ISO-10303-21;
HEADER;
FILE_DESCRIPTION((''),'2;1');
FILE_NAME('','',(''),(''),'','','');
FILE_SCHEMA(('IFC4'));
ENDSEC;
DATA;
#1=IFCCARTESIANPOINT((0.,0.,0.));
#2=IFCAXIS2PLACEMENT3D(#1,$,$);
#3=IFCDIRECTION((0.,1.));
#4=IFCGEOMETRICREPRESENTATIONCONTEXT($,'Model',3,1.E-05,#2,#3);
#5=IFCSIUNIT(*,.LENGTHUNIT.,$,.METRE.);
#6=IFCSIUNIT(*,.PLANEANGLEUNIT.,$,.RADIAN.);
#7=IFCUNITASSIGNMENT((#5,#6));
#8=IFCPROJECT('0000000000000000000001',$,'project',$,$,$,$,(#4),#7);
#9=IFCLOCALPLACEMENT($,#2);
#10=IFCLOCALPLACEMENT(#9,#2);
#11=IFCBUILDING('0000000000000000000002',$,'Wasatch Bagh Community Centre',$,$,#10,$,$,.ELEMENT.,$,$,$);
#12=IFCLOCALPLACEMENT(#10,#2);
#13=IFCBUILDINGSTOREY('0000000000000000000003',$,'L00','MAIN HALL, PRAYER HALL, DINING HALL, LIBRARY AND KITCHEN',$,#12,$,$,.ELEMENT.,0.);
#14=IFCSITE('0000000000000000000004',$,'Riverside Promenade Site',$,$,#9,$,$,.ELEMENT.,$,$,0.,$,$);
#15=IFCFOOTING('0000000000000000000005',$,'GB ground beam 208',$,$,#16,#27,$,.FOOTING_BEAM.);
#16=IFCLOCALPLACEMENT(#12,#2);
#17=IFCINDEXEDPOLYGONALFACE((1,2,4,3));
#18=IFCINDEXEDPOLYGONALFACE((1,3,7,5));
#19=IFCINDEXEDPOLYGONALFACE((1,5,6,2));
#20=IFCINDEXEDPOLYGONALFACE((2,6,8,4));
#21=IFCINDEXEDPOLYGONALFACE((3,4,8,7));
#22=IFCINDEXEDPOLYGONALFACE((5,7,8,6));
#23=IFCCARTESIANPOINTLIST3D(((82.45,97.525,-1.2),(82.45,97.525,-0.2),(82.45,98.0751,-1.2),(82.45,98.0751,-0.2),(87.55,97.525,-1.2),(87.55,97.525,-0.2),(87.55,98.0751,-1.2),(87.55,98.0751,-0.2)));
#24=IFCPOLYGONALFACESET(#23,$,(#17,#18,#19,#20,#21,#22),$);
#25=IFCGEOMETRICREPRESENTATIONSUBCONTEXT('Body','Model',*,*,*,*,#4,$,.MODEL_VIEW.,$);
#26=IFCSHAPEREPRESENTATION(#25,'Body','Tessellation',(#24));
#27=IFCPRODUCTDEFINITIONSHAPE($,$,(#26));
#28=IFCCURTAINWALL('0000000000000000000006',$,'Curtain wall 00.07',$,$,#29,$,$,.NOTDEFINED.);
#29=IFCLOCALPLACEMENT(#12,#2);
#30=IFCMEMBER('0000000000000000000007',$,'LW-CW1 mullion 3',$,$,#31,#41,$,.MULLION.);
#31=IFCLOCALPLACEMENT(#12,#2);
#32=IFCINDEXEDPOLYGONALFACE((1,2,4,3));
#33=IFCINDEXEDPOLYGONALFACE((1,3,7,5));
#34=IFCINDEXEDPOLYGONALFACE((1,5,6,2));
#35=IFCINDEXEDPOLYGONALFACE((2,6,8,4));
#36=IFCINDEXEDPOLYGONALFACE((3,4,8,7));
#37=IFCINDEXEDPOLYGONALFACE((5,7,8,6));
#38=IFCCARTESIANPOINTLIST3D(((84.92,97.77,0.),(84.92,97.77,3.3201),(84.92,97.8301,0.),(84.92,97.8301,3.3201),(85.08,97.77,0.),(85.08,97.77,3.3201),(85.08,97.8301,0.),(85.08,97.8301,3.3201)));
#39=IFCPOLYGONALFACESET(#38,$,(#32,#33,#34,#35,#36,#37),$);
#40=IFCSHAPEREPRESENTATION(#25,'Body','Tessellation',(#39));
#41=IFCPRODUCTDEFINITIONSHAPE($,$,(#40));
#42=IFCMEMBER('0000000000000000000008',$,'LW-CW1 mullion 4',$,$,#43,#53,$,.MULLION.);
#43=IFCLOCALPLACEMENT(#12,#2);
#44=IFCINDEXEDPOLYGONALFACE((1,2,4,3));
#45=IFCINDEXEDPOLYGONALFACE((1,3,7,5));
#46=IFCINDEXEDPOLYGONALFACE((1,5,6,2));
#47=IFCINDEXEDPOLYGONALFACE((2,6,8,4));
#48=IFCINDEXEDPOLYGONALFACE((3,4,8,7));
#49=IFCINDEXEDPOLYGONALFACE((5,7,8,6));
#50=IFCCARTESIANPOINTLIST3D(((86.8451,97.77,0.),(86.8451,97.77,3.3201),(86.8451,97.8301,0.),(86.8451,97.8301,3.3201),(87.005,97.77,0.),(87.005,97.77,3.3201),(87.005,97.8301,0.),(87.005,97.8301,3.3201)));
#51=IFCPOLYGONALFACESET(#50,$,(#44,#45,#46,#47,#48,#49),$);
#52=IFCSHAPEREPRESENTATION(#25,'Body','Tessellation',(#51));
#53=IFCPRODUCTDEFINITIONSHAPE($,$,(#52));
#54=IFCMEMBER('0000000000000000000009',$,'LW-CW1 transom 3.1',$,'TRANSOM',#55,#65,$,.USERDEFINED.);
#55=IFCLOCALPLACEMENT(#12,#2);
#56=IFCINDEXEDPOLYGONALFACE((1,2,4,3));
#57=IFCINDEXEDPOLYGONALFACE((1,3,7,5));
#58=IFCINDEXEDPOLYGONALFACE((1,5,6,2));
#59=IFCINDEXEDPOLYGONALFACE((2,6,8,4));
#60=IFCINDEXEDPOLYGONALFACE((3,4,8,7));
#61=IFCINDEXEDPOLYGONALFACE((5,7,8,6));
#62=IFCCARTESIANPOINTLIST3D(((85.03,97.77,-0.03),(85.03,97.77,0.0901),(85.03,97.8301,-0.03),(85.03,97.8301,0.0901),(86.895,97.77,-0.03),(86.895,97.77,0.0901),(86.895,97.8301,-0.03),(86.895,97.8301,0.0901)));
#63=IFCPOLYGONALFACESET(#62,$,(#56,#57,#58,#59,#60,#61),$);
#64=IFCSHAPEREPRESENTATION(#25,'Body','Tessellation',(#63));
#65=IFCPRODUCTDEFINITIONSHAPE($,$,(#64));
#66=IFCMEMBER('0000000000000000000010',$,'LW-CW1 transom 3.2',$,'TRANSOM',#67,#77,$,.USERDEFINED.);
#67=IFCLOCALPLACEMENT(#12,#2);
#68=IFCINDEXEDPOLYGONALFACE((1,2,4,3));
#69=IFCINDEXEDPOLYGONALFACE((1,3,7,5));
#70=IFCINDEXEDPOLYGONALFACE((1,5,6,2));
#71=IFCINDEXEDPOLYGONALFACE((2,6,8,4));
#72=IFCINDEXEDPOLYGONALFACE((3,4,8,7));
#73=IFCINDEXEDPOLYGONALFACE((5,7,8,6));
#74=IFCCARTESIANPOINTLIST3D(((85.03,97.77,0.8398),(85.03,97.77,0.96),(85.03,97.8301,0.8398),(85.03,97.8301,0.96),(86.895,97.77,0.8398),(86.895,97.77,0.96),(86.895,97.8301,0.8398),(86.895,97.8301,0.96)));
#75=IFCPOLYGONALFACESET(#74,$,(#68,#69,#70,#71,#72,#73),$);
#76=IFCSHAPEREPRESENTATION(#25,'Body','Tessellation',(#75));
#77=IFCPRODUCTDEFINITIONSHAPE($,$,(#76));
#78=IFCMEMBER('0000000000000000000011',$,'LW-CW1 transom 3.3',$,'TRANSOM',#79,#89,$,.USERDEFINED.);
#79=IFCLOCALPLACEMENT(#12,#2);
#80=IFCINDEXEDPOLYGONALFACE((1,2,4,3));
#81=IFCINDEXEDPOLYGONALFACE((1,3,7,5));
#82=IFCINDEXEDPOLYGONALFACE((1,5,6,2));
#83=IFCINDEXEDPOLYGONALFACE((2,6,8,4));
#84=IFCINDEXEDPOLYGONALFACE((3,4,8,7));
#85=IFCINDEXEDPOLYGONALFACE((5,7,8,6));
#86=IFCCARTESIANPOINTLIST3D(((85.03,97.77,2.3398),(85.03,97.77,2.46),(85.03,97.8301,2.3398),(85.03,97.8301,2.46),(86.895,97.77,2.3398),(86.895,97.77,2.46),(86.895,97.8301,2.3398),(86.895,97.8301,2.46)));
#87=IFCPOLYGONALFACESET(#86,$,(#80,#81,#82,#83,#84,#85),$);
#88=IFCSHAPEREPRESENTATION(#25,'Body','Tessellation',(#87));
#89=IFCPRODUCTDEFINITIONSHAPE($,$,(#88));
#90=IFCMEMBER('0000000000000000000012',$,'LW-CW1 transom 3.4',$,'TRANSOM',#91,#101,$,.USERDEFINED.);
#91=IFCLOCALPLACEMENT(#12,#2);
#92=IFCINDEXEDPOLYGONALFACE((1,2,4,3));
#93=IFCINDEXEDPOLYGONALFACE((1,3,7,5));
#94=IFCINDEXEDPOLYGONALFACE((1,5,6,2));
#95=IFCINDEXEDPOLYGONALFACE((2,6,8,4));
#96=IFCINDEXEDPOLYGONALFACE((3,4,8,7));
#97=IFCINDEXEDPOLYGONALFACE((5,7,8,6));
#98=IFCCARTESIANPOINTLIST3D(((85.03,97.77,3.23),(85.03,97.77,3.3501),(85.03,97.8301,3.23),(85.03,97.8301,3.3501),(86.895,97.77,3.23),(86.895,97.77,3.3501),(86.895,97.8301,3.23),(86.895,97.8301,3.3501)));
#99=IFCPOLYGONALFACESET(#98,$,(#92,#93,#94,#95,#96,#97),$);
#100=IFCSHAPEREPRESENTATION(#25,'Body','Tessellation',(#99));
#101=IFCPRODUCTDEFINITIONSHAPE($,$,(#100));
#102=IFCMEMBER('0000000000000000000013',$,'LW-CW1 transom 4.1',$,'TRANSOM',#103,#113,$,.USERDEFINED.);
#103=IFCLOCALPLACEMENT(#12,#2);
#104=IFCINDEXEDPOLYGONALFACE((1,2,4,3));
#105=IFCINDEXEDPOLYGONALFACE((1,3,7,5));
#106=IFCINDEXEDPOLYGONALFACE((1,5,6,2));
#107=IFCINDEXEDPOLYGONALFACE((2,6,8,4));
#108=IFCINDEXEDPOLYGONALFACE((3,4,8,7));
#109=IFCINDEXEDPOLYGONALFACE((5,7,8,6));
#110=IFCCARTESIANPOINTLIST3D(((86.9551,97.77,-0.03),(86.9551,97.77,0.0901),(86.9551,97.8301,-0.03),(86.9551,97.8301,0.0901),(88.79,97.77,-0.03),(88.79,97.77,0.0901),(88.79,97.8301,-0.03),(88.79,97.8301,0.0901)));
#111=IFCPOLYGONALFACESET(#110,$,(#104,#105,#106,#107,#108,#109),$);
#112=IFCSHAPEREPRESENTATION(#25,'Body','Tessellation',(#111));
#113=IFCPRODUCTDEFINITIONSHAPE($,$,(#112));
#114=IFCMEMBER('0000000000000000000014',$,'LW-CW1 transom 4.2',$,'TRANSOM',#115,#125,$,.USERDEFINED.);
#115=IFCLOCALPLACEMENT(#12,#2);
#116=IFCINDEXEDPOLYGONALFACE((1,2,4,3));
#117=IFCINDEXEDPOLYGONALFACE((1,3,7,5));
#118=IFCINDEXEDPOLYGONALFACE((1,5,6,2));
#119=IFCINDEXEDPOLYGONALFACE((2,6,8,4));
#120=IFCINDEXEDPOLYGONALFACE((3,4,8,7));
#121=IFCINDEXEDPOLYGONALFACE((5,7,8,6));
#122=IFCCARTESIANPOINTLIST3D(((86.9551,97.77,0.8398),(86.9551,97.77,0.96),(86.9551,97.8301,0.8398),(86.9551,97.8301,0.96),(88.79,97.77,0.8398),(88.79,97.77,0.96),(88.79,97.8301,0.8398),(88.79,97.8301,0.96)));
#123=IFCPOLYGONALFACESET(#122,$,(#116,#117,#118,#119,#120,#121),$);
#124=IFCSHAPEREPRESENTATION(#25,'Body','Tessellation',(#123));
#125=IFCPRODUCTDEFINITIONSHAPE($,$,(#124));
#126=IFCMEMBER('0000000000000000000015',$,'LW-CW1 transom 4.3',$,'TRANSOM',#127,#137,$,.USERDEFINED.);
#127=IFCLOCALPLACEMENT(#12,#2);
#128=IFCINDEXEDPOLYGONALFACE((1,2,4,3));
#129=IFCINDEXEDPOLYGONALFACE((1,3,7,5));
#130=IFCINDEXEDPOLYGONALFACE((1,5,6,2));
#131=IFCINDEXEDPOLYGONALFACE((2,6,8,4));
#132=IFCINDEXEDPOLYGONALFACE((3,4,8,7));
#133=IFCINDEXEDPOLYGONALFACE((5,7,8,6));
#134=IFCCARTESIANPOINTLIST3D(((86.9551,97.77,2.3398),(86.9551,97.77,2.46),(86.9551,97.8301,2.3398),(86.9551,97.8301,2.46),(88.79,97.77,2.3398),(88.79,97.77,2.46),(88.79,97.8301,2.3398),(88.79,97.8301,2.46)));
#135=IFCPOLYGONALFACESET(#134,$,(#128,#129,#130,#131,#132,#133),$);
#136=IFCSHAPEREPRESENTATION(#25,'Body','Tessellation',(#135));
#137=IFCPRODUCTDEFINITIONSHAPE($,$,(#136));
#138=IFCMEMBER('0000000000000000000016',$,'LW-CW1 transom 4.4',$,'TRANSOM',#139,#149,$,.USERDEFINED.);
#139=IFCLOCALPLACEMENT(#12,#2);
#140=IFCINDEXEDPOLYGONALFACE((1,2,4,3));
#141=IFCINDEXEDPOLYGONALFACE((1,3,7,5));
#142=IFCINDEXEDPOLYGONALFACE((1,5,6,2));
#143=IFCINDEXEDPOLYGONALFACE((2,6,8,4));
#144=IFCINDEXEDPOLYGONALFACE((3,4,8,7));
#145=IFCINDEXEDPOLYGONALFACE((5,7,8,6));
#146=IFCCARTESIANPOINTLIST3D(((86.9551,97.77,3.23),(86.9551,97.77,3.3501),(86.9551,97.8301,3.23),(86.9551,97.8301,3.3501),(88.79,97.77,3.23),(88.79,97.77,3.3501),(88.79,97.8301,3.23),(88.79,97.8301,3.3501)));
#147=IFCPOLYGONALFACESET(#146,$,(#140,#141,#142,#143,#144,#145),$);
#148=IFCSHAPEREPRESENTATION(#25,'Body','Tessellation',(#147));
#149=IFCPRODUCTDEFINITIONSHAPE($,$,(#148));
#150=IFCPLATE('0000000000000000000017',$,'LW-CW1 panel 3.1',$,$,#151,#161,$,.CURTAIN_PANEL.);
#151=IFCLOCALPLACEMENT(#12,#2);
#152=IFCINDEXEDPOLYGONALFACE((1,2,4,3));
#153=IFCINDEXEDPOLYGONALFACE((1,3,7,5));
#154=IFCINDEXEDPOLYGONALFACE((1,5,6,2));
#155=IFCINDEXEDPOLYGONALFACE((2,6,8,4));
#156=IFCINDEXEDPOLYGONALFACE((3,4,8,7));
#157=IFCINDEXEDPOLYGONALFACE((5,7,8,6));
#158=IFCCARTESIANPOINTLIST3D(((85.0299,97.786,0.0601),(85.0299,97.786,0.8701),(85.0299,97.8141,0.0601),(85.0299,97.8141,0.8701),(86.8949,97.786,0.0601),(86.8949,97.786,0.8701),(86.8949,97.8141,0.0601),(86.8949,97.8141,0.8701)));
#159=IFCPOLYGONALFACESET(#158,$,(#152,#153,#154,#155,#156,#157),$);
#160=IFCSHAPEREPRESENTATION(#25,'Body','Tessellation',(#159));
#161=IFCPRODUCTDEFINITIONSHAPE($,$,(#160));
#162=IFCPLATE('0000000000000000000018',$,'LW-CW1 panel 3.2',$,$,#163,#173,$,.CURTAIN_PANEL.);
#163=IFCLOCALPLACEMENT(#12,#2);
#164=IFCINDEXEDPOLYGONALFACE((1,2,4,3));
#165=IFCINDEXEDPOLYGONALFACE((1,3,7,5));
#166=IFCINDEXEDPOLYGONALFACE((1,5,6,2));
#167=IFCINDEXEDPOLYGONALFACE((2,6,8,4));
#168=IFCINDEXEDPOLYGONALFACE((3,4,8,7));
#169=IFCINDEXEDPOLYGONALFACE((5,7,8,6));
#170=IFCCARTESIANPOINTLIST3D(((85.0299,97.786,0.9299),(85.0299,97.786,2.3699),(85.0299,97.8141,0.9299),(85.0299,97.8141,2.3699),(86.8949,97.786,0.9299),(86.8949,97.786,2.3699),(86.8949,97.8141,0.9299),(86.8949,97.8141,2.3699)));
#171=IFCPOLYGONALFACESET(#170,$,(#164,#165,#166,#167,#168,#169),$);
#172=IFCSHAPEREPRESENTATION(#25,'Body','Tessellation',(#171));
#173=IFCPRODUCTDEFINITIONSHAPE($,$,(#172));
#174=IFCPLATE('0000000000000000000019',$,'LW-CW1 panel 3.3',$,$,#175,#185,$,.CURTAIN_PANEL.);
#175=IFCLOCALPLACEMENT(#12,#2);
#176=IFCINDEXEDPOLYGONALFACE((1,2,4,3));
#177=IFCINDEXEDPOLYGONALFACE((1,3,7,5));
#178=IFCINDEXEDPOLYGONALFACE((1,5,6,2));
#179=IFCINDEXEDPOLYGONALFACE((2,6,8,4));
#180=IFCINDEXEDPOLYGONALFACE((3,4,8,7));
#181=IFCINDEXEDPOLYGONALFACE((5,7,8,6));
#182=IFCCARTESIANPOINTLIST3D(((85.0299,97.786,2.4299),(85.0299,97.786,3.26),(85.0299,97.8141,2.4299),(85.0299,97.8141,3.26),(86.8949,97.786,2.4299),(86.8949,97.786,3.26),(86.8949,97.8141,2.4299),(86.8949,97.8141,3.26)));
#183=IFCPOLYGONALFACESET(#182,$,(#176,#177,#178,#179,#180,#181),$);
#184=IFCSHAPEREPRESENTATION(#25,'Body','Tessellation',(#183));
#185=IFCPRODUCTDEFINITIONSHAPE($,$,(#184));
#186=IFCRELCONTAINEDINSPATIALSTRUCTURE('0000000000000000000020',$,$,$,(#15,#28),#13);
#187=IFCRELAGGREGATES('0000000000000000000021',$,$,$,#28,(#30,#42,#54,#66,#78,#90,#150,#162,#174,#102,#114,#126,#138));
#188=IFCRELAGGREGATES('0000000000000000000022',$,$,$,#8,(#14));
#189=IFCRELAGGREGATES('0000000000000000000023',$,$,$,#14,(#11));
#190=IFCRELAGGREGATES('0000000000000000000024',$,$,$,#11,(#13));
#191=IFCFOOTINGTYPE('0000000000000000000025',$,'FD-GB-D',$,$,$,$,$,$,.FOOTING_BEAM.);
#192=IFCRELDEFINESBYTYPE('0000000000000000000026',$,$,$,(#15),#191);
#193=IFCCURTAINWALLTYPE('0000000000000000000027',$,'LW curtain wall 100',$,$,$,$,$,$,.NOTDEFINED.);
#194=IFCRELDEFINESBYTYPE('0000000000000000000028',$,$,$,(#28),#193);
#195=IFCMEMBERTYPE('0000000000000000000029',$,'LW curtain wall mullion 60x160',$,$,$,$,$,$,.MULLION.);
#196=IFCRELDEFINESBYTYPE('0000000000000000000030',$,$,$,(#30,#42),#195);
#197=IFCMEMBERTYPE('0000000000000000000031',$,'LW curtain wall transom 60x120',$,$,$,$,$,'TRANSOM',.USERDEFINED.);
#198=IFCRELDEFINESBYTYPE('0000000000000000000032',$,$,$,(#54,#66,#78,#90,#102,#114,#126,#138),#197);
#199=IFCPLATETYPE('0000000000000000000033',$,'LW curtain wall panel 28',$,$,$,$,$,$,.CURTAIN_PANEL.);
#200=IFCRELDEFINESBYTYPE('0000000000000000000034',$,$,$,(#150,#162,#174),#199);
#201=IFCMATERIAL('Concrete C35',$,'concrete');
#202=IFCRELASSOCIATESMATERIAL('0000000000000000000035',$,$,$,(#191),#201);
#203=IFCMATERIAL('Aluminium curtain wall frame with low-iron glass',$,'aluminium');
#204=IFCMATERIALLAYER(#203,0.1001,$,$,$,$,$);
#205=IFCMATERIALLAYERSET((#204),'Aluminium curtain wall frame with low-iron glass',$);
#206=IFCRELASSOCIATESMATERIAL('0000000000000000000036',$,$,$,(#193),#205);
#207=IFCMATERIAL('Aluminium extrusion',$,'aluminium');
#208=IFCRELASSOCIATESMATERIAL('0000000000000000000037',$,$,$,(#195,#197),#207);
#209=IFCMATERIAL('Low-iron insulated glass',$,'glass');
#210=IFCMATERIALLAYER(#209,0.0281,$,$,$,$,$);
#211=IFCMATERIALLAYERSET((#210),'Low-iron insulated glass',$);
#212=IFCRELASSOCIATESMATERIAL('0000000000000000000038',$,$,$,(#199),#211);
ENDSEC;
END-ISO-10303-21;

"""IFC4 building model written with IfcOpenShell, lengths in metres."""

from ifc_helpers import new_model, si_unit, direction, frame, origin, origin_2d, place, context, subcontext, project, spatial, rectangle, extrude, material, layer, layer_set, material_profile, profile_set, type_object, element, aggregate, save


model = new_model("IFC4")

# Units and contexts
model_context = context("Model", 3, precision=1e-05, world=origin(), true_north=direction((0.0, 1.0)))
body_context = subcontext(model_context, "Body", "Model", "MODEL_VIEW")
ifc_project = project(units=[si_unit("LENGTHUNIT", "METRE"), si_unit("PLANEANGLEUNIT", "RADIAN")], contexts=[model_context])

# Site, building, storey
site_placement = place(None, origin())
site = spatial("IfcSite", under=ifc_project, at=site_placement, Name="Riverside Promenade Site", CompositionType="ELEMENT", RefElevation=0.0)
building_placement = place(site_placement, origin())
building = spatial("IfcBuilding", under=site, at=building_placement, Name="Wasatch Bagh Community Centre", CompositionType="ELEMENT")
storey_placement = place(building_placement, origin())
storey = spatial("IfcBuildingStorey", under=building, at=storey_placement, Name="L00", Description="MAIN HALL, PRAYER HALL, DINING HALL, LIBRARY AND KITCHEN", CompositionType="ELEMENT", Elevation=0.0)

# Footing
ifc_material_1 = material(Name="Concrete C35", Category="concrete")
footing_type = type_object("IfcFootingType", Name="FD-GB-D", PredefinedType="FOOTING_BEAM", material=ifc_material_1)
footing_placement = place(storey_placement, frame((85.0, 97.8, -1.2), z_axis=(0.0, 0.0, 1.0), x_axis=(1.0, 0.0, 0.0)))
element("IfcFooting", 1, at=footing_placement, inside=storey, type_object=footing_type, Name="GB ground beam 208", PredefinedType="FOOTING_BEAM", context=body_context, shape_type="SweptSolid", body=[
    extrude(rectangle(XDim=5.1001, YDim=0.55, at=origin_2d()), origin(), (0.0, 0.0, 1.0), 1.0),
])

# Curtain wall, members, plates
ifc_material_2 = material(Name="Aluminium curtain wall frame with low-iron glass", Category="aluminium")
ifc_layer_1 = layer(ifc_material_2, 0.1001)
ifc_layer_set_1 = layer_set([ifc_layer_1], Name="Aluminium curtain wall frame with low-iron glass")
curtain_wall_type = type_object("IfcCurtainWallType", Name="LW curtain wall 100", PredefinedType="NOTDEFINED", material=ifc_layer_set_1)
curtain_wall_placement = place(storey_placement, origin())
curtain_wall = element("IfcCurtainWall", 2, at=curtain_wall_placement, inside=storey, type_object=curtain_wall_type, Name="Curtain wall 00.07", PredefinedType="NOTDEFINED")
ifc_material_3 = material(Name="Aluminium extrusion", Category="aluminium")
ifc_material_profile_1 = material_profile(ifc_material_3, rectangle(XDim=0.0601, YDim=0.1599, at=origin_2d()), Name="AL 60x160")
ifc_profile_set_1 = profile_set([ifc_material_profile_1], Name="Aluminium extrusion")
member_type_1 = type_object("IfcMemberType", Name="LW curtain wall mullion 60x160", PredefinedType="MULLION", material=ifc_profile_set_1)
member_1_placement = place(storey_placement, frame((85.0, 97.8, 0.0), z_axis=(0.0, 0.0, 1.0), x_axis=(0.0, 1.0, 0.0)))
member_1 = element("IfcMember", 3, at=member_1_placement, type_object=member_type_1, Name="LW-CW1 mullion 3", PredefinedType="MULLION", context=body_context, shape_type="SweptSolid", body=[
    extrude(rectangle(XDim=0.0601, YDim=0.1599, at=origin_2d()), origin(), (0.0, 0.0, 1.0), 3.3201),
])
member_2_placement = place(storey_placement, frame((86.925, 97.8, 0.0), z_axis=(0.0, 0.0, 1.0), x_axis=(0.0, 1.0, 0.0)))
member_2 = element("IfcMember", 4, at=member_2_placement, type_object=member_type_1, Name="LW-CW1 mullion 4", PredefinedType="MULLION", context=body_context, shape_type="SweptSolid", body=[
    extrude(rectangle(XDim=0.0601, YDim=0.1599, at=origin_2d()), origin(), (0.0, 0.0, 1.0), 3.3201),
])
ifc_material_profile_2 = material_profile(ifc_material_3, rectangle(XDim=0.0601, YDim=0.1201, at=origin_2d()), Name="AL 60x120")
ifc_profile_set_2 = profile_set([ifc_material_profile_2], Name="Aluminium extrusion")
member_type_2 = type_object("IfcMemberType", Name="LW curtain wall transom 60x120", ElementType="TRANSOM", PredefinedType="USERDEFINED", material=ifc_profile_set_2)
member_3_placement = place(storey_placement, frame((85.03, 97.8, 0.03), z_axis=(1.0, 0.0, 0.0), x_axis=(0.0, 1.0, 0.0)))
member_3 = element("IfcMember", 5, at=member_3_placement, type_object=member_type_2, Name="LW-CW1 transom 3.1", ObjectType="TRANSOM", PredefinedType="USERDEFINED", context=body_context, shape_type="SweptSolid", body=[
    extrude(rectangle(XDim=0.0601, YDim=0.1201, at=origin_2d()), origin(), (0.0, 0.0, 1.0), 1.865),
])
member_4_placement = place(storey_placement, frame((85.03, 97.8, 0.8999), z_axis=(1.0, 0.0, 0.0), x_axis=(0.0, 1.0, 0.0)))
member_4 = element("IfcMember", 6, at=member_4_placement, type_object=member_type_2, Name="LW-CW1 transom 3.2", ObjectType="TRANSOM", PredefinedType="USERDEFINED", context=body_context, shape_type="SweptSolid", body=[
    extrude(rectangle(XDim=0.0601, YDim=0.1201, at=origin_2d()), origin(), (0.0, 0.0, 1.0), 1.865),
])
member_5_placement = place(storey_placement, frame((85.03, 97.8, 2.3999), z_axis=(1.0, 0.0, 0.0), x_axis=(0.0, 1.0, 0.0)))
member_5 = element("IfcMember", 7, at=member_5_placement, type_object=member_type_2, Name="LW-CW1 transom 3.3", ObjectType="TRANSOM", PredefinedType="USERDEFINED", context=body_context, shape_type="SweptSolid", body=[
    extrude(rectangle(XDim=0.0601, YDim=0.1201, at=origin_2d()), origin(), (0.0, 0.0, 1.0), 1.865),
])
member_6_placement = place(storey_placement, frame((85.03, 97.8, 3.29), z_axis=(1.0, 0.0, 0.0), x_axis=(0.0, 1.0, 0.0)))
member_6 = element("IfcMember", 8, at=member_6_placement, type_object=member_type_2, Name="LW-CW1 transom 3.4", ObjectType="TRANSOM", PredefinedType="USERDEFINED", context=body_context, shape_type="SweptSolid", body=[
    extrude(rectangle(XDim=0.0601, YDim=0.1201, at=origin_2d()), origin(), (0.0, 0.0, 1.0), 1.865),
])
member_7_placement = place(storey_placement, frame((86.9551, 97.8, 0.03), z_axis=(1.0, 0.0, 0.0), x_axis=(0.0, 1.0, 0.0)))
member_7 = element("IfcMember", 9, at=member_7_placement, type_object=member_type_2, Name="LW-CW1 transom 4.1", ObjectType="TRANSOM", PredefinedType="USERDEFINED", context=body_context, shape_type="SweptSolid", body=[
    extrude(rectangle(XDim=0.0601, YDim=0.1201, at=origin_2d()), origin(), (0.0, 0.0, 1.0), 1.835),
])
member_8_placement = place(storey_placement, frame((86.9551, 97.8, 0.8999), z_axis=(1.0, 0.0, 0.0), x_axis=(0.0, 1.0, 0.0)))
member_8 = element("IfcMember", 10, at=member_8_placement, type_object=member_type_2, Name="LW-CW1 transom 4.2", ObjectType="TRANSOM", PredefinedType="USERDEFINED", context=body_context, shape_type="SweptSolid", body=[
    extrude(rectangle(XDim=0.0601, YDim=0.1201, at=origin_2d()), origin(), (0.0, 0.0, 1.0), 1.835),
])
member_9_placement = place(storey_placement, frame((86.9551, 97.8, 2.3999), z_axis=(1.0, 0.0, 0.0), x_axis=(0.0, 1.0, 0.0)))
member_9 = element("IfcMember", 11, at=member_9_placement, type_object=member_type_2, Name="LW-CW1 transom 4.3", ObjectType="TRANSOM", PredefinedType="USERDEFINED", context=body_context, shape_type="SweptSolid", body=[
    extrude(rectangle(XDim=0.0601, YDim=0.1201, at=origin_2d()), origin(), (0.0, 0.0, 1.0), 1.835),
])
member_10_placement = place(storey_placement, frame((86.9551, 97.8, 3.29), z_axis=(1.0, 0.0, 0.0), x_axis=(0.0, 1.0, 0.0)))
member_10 = element("IfcMember", 12, at=member_10_placement, type_object=member_type_2, Name="LW-CW1 transom 4.4", ObjectType="TRANSOM", PredefinedType="USERDEFINED", context=body_context, shape_type="SweptSolid", body=[
    extrude(rectangle(XDim=0.0601, YDim=0.1201, at=origin_2d()), origin(), (0.0, 0.0, 1.0), 1.835),
])
ifc_material_4 = material(Name="Low-iron insulated glass", Category="glass")
ifc_layer_2 = layer(ifc_material_4, 0.0281)
ifc_layer_set_2 = layer_set([ifc_layer_2], Name="Low-iron insulated glass")
plate_type_1 = type_object("IfcPlateType", Name="LW curtain wall panel 28", PredefinedType="CURTAIN_PANEL", material=ifc_layer_set_2)
plate_1_placement = place(storey_placement, frame((85.9624, 97.8, 0.0601), z_axis=(0.0, 0.0, 1.0), x_axis=(1.0, 0.0, 0.0)))
plate_1 = element("IfcPlate", 13, at=plate_1_placement, type_object=plate_type_1, Name="LW-CW1 panel 3.1", PredefinedType="CURTAIN_PANEL", context=body_context, shape_type="SweptSolid", body=[
    extrude(rectangle(XDim=1.865, YDim=0.0281, at=origin_2d()), origin(), (0.0, 0.0, 1.0), 0.8101),
])
plate_2_placement = place(storey_placement, frame((85.9624, 97.8, 0.9299), z_axis=(0.0, 0.0, 1.0), x_axis=(1.0, 0.0, 0.0)))
plate_2 = element("IfcPlate", 14, at=plate_2_placement, type_object=plate_type_1, Name="LW-CW1 panel 3.2", PredefinedType="CURTAIN_PANEL", context=body_context, shape_type="SweptSolid", body=[
    extrude(rectangle(XDim=1.865, YDim=0.0281, at=origin_2d()), origin(), (0.0, 0.0, 1.0), 1.4399),
])
plate_3_placement = place(storey_placement, frame((85.9624, 97.8, 2.4299), z_axis=(0.0, 0.0, 1.0), x_axis=(1.0, 0.0, 0.0)))
plate_3 = element("IfcPlate", 15, at=plate_3_placement, type_object=plate_type_1, Name="LW-CW1 panel 3.3", PredefinedType="CURTAIN_PANEL", context=body_context, shape_type="SweptSolid", body=[
    extrude(rectangle(XDim=1.865, YDim=0.0281, at=origin_2d()), origin(), (0.0, 0.0, 1.0), 0.8301),
])
aggregate(curtain_wall, [member_1, member_2, member_3, member_4, member_5, member_6, plate_1, plate_2, plate_3, member_7, member_8, member_9, member_10])

save(model, "model.ifc")
